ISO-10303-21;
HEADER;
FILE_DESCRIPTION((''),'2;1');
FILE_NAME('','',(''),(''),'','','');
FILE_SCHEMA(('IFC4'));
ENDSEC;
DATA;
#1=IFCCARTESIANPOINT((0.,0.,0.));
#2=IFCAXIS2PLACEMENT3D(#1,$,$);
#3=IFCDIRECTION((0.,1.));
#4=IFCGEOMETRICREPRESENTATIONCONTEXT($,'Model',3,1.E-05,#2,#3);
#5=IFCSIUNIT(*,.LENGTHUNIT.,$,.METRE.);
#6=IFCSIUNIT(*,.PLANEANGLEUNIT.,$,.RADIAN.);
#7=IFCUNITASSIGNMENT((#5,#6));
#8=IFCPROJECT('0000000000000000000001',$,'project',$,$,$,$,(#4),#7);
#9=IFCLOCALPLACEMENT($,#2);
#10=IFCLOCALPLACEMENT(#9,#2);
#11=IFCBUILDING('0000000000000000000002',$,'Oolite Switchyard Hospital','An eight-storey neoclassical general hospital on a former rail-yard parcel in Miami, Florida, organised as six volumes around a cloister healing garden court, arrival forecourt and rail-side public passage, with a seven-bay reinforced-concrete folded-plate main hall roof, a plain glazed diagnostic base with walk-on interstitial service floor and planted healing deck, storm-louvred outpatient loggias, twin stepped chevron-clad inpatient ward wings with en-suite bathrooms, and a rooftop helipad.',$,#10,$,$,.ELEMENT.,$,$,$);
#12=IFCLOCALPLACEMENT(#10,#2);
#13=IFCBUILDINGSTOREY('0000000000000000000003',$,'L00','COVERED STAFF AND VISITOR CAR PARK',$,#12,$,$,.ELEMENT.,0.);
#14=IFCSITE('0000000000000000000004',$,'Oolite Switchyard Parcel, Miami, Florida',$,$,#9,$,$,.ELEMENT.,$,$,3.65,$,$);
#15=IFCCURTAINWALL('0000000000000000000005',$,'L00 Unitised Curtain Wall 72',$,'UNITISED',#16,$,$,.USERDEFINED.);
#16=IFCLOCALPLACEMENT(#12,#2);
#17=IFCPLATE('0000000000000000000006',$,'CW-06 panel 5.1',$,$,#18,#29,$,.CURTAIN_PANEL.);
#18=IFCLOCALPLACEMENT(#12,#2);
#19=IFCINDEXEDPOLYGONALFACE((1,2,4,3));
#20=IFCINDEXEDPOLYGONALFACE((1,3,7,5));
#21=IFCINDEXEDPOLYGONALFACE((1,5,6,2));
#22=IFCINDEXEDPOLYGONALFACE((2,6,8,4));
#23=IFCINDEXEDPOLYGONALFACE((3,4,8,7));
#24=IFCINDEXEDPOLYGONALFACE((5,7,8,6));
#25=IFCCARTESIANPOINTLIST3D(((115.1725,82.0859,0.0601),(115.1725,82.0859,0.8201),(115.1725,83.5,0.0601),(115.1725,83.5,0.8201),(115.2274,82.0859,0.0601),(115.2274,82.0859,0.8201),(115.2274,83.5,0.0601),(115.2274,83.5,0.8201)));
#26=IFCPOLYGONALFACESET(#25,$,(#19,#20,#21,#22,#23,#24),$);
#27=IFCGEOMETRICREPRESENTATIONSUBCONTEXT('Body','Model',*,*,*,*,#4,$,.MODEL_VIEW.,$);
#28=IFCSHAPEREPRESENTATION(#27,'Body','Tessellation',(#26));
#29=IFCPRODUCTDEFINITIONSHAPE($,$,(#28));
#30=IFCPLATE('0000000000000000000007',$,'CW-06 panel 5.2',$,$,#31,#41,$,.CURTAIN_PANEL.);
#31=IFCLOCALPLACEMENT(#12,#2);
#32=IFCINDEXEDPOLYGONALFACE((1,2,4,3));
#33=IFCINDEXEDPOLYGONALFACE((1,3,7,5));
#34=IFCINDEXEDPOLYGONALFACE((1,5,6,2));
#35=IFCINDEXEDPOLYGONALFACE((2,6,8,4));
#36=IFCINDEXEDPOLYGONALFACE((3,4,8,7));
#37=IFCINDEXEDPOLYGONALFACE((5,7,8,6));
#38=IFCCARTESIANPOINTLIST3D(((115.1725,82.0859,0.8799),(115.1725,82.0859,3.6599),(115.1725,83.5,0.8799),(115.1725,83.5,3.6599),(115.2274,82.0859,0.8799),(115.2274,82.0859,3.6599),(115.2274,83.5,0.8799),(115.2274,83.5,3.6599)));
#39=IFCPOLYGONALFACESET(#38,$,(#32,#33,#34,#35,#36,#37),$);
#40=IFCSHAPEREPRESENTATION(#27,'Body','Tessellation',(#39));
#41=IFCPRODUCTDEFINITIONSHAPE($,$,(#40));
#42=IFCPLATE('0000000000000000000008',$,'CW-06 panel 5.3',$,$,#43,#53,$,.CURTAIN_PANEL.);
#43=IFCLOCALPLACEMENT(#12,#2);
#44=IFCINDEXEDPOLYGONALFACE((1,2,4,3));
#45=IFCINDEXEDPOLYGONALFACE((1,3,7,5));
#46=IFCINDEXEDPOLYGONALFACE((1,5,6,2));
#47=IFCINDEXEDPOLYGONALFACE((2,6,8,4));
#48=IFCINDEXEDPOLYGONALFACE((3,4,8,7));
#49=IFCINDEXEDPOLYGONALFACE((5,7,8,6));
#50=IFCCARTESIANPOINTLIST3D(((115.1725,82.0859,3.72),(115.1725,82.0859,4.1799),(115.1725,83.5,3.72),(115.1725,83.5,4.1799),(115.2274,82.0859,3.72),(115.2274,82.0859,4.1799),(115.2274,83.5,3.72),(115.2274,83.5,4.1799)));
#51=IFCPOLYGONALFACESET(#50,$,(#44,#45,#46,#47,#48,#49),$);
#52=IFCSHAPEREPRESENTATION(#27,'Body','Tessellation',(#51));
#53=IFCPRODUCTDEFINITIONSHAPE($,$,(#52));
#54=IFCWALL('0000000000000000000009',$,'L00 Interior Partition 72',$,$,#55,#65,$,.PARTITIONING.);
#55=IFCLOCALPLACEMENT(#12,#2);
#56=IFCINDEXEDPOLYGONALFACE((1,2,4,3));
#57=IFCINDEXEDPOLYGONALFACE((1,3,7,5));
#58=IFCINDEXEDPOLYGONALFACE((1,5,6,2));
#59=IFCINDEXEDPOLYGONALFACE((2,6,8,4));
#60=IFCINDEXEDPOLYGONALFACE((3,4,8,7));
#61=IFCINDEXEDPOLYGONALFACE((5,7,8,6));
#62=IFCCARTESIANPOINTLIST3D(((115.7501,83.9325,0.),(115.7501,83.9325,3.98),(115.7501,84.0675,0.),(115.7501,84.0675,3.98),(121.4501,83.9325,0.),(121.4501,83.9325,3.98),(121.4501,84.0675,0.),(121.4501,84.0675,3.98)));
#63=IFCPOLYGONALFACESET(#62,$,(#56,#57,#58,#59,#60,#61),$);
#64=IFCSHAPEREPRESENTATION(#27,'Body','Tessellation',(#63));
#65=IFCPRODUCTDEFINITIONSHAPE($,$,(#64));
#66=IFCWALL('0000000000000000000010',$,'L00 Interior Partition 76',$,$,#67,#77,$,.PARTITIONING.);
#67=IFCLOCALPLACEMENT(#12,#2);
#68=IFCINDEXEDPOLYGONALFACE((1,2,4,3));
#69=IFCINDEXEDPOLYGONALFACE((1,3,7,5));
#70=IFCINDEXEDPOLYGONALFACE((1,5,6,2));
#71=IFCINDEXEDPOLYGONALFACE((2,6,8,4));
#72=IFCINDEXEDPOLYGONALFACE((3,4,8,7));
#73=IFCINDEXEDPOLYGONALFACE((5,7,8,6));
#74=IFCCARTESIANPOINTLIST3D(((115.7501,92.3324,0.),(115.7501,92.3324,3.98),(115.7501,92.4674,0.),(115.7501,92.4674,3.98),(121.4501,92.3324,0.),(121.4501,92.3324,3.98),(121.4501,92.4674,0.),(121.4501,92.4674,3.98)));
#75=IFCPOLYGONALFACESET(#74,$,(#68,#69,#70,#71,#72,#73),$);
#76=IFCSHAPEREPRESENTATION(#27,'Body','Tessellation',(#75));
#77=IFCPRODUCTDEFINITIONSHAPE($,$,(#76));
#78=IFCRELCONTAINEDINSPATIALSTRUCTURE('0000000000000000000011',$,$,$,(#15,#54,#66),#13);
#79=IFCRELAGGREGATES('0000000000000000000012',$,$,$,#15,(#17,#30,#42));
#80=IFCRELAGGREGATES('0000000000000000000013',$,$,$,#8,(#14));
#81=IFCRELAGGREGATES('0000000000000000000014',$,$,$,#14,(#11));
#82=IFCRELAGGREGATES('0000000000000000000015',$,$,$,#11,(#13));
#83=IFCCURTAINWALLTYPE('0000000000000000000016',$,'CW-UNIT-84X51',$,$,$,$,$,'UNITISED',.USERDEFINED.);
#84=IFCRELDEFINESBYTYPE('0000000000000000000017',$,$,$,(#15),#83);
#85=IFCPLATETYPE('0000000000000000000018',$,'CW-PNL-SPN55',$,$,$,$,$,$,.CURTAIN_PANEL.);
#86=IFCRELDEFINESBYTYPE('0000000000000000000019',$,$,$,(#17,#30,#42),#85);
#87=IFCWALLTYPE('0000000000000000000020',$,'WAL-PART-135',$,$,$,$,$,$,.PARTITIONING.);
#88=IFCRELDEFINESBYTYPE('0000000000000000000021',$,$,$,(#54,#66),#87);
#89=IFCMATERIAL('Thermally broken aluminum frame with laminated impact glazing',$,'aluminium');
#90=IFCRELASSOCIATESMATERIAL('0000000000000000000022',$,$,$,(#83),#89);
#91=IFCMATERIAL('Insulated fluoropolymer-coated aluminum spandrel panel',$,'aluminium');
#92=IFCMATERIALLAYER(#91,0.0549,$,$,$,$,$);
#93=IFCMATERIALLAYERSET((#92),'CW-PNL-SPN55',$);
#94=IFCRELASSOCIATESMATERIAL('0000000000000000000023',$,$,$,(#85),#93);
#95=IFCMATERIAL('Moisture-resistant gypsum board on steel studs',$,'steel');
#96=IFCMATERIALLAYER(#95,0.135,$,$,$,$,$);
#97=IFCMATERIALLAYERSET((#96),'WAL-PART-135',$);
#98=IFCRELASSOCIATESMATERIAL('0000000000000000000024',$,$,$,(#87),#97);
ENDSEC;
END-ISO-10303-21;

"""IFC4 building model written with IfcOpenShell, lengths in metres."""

from ifc_helpers import new_model, si_unit, direction, frame, frame_2d, origin, origin_2d, place, context, subcontext, project, spatial, rectangle, extrude, material, layer, layer_set, type_object, element, aggregate, save


model = new_model("IFC4")

# Units and contexts
model_context = context("Model", 3, precision=1e-05, world=origin(), true_north=direction((0.0, 1.0)))
body_context = subcontext(model_context, "Body", "Model", "MODEL_VIEW")
ifc_project = project(units=[si_unit("LENGTHUNIT", "METRE"), si_unit("PLANEANGLEUNIT", "RADIAN")], contexts=[model_context])

# Site, building, storey
site_placement = place(None, origin())
site = spatial("IfcSite", under=ifc_project, at=site_placement, Name="Oolite Switchyard Parcel, Miami, Florida", CompositionType="ELEMENT", RefElevation=3.65)
building_placement = place(site_placement, origin())
building = spatial("IfcBuilding", under=site, at=building_placement, Name="Oolite Switchyard Hospital", Description="An eight-storey neoclassical general hospital on a former rail-yard parcel in Miami, Florida, organised as six volumes around a cloister healing garden court, arrival forecourt and rail-side public passage, with a seven-bay reinforced-concrete folded-plate main hall roof, a plain glazed diagnostic base with walk-on interstitial service floor and planted healing deck, storm-louvred outpatient loggias, twin stepped chevron-clad inpatient ward wings with en-suite bathrooms, and a rooftop helipad.", CompositionType="ELEMENT")
storey_placement = place(building_placement, origin())
storey = spatial("IfcBuildingStorey", under=building, at=storey_placement, Name="L00", Description="COVERED STAFF AND VISITOR CAR PARK", CompositionType="ELEMENT", Elevation=0.0)

# Curtain wall, plates
ifc_material_1 = material(Name="Thermally broken aluminum frame with laminated impact glazing", Category="aluminium")
curtain_wall_type = type_object("IfcCurtainWallType", Name="CW-UNIT-84X51", ElementType="UNITISED", PredefinedType="USERDEFINED", material=ifc_material_1)
curtain_wall_placement = place(storey_placement, origin())
curtain_wall = element("IfcCurtainWall", 1, at=curtain_wall_placement, inside=storey, type_object=curtain_wall_type, Name="L00 Unitised Curtain Wall 72", ObjectType="UNITISED", PredefinedType="USERDEFINED")
ifc_material_2 = material(Name="Insulated fluoropolymer-coated aluminum spandrel panel", Category="aluminium")
ifc_layer_1 = layer(ifc_material_2, 0.0549)
ifc_layer_set_1 = layer_set([ifc_layer_1], Name="CW-PNL-SPN55")
plate_type = type_object("IfcPlateType", Name="CW-PNL-SPN55", PredefinedType="CURTAIN_PANEL", material=ifc_layer_set_1)
plate_1_placement = place(storey_placement, frame((115.2, 82.793, 0.0601), z_axis=(0.0, 0.0, 1.0), x_axis=(0.0, 1.0, 0.0)))
plate_1 = element("IfcPlate", 2, at=plate_1_placement, type_object=plate_type, Name="CW-06 panel 5.1", PredefinedType="CURTAIN_PANEL", context=body_context, shape_type="SweptSolid", body=[
    extrude(rectangle(XDim=1.4141, YDim=0.0549, at=origin_2d()), origin(), (0.0, 0.0, 1.0), 0.76),
])
plate_2_placement = place(storey_placement, frame((115.2, 82.793, 0.8799), z_axis=(0.0, 0.0, 1.0), x_axis=(0.0, 1.0, 0.0)))
plate_2 = element("IfcPlate", 3, at=plate_2_placement, type_object=plate_type, Name="CW-06 panel 5.2", PredefinedType="CURTAIN_PANEL", context=body_context, shape_type="SweptSolid", body=[
    extrude(rectangle(XDim=1.4141, YDim=0.0549, at=origin_2d()), origin(), (0.0, 0.0, 1.0), 2.78),
])
plate_3_placement = place(storey_placement, frame((115.2, 82.793, 3.72), z_axis=(0.0, 0.0, 1.0), x_axis=(0.0, 1.0, 0.0)))
plate_3 = element("IfcPlate", 4, at=plate_3_placement, type_object=plate_type, Name="CW-06 panel 5.3", PredefinedType="CURTAIN_PANEL", context=body_context, shape_type="SweptSolid", body=[
    extrude(rectangle(XDim=1.4141, YDim=0.0549, at=origin_2d()), origin(), (0.0, 0.0, 1.0), 0.46),
])
aggregate(curtain_wall, [plate_1, plate_2, plate_3])

# Walls
ifc_material_3 = material(Name="Moisture-resistant gypsum board on steel studs", Category="steel")
ifc_layer_2 = layer(ifc_material_3, 0.135)
ifc_layer_set_2 = layer_set([ifc_layer_2], Name="WAL-PART-135")
wall_type = type_object("IfcWallType", Name="WAL-PART-135", PredefinedType="PARTITIONING", material=ifc_layer_set_2)
for number, where, z_axis, x_axis, name in (
    (5, (115.75, 84.0, 0.0), (0.0, 0.0, 1.0), (1.0, 0.0, 0.0), "L00 Interior Partition 72"),
    (6, (115.75, 92.3999, 0.0), (0.0, 0.0, 1.0), (1.0, 0.0, 0.0), "L00 Interior Partition 76"),
):
    element("IfcWall", number, at=place(storey_placement, frame(where, z_axis=z_axis, x_axis=x_axis)), inside=storey, type_object=wall_type, Name=name, PredefinedType="PARTITIONING", context=body_context, shape_type="SweptSolid", body=[
        extrude(rectangle(XDim=5.7, YDim=0.135, at=frame_2d((2.8501, 0.0))), origin(), (0.0, 0.0, 1.0), 3.98),
    ])

save(model, "model.ifc")
